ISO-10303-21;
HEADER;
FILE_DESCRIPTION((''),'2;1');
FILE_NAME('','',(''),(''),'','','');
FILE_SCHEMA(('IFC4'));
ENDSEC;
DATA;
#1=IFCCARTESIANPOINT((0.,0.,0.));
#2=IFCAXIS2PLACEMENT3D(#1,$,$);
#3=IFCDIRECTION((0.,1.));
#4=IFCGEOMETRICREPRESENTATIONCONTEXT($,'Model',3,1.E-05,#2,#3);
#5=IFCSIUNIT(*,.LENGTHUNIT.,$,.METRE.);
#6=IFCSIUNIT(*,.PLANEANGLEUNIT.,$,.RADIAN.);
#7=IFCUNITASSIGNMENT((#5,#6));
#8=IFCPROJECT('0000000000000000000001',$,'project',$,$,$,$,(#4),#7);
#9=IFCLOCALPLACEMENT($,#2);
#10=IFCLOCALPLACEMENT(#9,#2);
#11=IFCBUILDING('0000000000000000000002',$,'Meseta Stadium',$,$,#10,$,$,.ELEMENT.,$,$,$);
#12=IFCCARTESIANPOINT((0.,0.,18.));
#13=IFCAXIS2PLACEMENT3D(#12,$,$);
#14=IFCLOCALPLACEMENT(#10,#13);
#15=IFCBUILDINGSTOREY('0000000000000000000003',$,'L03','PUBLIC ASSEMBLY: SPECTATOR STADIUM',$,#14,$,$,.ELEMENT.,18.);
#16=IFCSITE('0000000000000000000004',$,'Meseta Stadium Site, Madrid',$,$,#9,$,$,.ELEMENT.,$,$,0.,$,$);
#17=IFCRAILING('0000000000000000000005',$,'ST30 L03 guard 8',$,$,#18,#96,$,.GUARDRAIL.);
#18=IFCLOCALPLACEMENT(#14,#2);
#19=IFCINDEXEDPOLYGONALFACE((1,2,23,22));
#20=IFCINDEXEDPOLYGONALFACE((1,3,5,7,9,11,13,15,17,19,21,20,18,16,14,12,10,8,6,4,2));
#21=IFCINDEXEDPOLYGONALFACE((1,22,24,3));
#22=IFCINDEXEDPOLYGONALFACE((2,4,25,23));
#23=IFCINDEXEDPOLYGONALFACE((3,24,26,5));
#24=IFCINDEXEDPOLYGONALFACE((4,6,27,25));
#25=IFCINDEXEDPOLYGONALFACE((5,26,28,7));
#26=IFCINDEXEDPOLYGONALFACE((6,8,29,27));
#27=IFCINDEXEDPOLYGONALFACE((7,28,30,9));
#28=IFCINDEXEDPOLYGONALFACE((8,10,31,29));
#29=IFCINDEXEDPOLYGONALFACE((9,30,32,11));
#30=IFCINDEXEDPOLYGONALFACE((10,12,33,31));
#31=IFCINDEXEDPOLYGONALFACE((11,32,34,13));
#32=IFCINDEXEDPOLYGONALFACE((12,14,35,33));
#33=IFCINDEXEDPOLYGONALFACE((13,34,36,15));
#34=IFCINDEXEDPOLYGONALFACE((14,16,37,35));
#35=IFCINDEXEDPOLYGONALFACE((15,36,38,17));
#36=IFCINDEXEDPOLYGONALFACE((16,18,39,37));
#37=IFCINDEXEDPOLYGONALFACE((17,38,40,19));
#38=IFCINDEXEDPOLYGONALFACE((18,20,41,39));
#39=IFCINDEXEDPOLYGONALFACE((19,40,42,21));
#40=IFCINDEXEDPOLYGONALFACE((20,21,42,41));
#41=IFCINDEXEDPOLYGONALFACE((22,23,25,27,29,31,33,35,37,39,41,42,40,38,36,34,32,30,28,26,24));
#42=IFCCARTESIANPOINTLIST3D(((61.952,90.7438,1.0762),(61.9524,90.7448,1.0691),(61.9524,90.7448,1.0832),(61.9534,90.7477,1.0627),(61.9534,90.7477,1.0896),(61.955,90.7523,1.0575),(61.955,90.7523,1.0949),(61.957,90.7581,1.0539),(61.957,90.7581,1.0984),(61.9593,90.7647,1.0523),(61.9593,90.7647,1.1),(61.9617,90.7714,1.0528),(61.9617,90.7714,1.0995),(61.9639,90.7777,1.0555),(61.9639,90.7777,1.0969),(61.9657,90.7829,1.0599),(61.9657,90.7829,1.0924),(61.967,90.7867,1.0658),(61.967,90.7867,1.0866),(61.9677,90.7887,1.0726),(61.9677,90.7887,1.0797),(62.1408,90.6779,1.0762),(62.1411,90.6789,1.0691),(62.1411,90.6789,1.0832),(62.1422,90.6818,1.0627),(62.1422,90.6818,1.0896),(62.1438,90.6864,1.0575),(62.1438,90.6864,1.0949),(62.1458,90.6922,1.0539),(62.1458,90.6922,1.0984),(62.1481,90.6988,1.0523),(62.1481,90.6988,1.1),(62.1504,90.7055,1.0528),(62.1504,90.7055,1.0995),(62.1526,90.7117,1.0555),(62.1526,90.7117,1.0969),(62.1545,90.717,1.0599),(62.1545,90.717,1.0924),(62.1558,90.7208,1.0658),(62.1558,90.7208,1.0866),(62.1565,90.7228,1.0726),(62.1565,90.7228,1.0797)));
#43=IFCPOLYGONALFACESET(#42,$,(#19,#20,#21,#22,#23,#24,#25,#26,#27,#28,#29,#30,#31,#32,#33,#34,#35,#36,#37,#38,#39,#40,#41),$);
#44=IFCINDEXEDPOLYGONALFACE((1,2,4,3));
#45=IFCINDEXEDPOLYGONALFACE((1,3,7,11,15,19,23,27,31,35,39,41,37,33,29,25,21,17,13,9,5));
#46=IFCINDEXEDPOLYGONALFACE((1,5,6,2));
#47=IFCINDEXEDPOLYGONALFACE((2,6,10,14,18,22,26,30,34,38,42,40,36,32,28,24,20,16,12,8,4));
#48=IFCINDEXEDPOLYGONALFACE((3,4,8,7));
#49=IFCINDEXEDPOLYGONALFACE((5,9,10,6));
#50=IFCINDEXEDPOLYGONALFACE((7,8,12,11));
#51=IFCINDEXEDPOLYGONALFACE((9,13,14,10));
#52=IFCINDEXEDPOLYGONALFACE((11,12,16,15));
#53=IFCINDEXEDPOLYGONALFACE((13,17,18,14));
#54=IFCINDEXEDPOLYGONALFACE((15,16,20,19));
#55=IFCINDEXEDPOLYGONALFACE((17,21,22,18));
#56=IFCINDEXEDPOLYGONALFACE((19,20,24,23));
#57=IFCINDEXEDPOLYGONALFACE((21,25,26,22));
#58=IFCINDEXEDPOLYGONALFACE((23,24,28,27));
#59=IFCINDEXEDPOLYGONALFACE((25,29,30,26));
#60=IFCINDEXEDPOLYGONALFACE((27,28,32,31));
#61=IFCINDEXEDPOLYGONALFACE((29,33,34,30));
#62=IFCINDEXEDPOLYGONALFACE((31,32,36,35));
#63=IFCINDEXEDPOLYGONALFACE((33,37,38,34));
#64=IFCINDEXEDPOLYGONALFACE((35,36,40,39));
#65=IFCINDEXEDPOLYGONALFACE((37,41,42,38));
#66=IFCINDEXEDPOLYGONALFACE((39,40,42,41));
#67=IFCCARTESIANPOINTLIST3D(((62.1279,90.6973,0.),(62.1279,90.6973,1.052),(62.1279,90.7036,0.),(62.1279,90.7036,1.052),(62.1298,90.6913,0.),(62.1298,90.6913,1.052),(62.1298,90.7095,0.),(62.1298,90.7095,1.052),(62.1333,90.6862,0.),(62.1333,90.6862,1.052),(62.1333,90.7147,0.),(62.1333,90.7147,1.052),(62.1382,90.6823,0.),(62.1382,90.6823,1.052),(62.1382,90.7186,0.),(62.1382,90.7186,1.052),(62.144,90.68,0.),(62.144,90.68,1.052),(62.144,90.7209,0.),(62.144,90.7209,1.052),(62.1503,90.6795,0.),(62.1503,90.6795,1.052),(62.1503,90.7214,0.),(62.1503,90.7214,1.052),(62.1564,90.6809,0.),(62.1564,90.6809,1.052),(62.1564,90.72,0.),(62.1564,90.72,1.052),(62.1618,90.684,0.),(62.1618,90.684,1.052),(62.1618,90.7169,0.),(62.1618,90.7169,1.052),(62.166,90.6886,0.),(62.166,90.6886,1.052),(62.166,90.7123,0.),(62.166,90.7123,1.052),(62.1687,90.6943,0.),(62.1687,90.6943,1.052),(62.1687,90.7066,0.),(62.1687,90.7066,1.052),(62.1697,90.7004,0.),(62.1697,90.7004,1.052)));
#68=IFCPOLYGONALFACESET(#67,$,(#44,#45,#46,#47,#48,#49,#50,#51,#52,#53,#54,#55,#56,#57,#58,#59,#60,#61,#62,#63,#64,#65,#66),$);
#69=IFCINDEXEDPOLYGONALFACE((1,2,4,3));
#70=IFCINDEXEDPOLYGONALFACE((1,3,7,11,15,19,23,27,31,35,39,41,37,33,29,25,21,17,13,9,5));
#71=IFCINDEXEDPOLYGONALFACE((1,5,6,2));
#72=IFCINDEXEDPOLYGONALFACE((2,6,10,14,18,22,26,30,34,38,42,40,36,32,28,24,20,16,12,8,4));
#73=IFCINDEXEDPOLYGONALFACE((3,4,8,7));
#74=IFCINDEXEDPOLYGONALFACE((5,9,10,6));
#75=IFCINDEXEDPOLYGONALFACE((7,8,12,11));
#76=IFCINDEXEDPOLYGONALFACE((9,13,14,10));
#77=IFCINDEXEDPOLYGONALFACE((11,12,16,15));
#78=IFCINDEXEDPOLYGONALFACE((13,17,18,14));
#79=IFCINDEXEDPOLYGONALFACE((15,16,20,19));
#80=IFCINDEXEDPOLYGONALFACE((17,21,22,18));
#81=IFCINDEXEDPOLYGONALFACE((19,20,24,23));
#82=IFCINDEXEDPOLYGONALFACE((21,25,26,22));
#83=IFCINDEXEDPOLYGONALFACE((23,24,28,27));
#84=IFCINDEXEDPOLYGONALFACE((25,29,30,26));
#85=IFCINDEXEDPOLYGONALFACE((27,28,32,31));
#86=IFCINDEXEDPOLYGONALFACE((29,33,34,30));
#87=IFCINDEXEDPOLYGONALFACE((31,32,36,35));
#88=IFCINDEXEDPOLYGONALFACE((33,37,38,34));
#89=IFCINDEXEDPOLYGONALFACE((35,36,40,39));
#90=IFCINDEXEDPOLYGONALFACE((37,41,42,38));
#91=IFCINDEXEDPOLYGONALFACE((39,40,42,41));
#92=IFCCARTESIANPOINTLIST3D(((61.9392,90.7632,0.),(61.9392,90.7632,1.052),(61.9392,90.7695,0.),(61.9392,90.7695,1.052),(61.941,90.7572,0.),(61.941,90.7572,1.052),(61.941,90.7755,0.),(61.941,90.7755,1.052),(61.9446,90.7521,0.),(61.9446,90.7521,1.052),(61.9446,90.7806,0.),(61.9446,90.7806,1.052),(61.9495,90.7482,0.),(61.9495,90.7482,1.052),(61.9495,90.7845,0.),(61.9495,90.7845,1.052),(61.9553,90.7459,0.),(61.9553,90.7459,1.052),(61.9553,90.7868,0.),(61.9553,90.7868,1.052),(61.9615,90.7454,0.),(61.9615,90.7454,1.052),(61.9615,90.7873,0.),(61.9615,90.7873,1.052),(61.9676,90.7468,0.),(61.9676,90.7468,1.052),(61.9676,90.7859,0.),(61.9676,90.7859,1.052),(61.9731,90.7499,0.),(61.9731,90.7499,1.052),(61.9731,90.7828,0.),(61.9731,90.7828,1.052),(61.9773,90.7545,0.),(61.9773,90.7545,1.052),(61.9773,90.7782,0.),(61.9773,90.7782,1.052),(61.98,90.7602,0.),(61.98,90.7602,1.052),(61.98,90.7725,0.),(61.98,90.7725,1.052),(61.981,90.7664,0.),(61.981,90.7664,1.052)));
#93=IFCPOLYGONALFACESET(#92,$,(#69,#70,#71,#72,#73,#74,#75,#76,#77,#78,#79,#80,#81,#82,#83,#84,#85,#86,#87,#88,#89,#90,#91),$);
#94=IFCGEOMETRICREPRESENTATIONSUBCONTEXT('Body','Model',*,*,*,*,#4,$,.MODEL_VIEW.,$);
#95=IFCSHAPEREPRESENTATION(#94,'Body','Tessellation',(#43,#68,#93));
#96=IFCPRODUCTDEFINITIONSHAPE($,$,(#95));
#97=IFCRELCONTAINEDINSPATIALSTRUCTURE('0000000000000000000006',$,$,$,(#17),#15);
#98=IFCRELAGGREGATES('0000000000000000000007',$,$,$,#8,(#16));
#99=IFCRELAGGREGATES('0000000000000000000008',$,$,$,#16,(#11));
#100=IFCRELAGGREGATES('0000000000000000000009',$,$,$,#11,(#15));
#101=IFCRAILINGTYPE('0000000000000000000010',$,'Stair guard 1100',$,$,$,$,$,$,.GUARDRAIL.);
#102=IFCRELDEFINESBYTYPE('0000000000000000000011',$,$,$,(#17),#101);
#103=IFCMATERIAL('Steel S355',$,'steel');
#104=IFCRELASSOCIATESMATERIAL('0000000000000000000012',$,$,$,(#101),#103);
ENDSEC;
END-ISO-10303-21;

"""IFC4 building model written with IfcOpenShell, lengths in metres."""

from ifc_helpers import new_model, si_unit, direction, frame, origin, origin_2d, place, context, subcontext, project, spatial, circle, extrude, material, type_object, element, save


model = new_model("IFC4")

# Units and contexts
model_context = context("Model", 3, precision=1e-05, world=origin(), true_north=direction((0.0, 1.0)))
body_context = subcontext(model_context, "Body", "Model", "MODEL_VIEW")
ifc_project = project(units=[si_unit("LENGTHUNIT", "METRE"), si_unit("PLANEANGLEUNIT", "RADIAN")], contexts=[model_context])

# Site, building, storey
site_placement = place(None, origin())
site = spatial("IfcSite", under=ifc_project, at=site_placement, Name="Meseta Stadium Site, Madrid", CompositionType="ELEMENT", RefElevation=0.0)
building_placement = place(site_placement, origin())
building = spatial("IfcBuilding", under=site, at=building_placement, Name="Meseta Stadium", CompositionType="ELEMENT")
storey_placement = place(building_placement, frame((0.0, 0.0, 18.0)))
storey = spatial("IfcBuildingStorey", under=building, at=storey_placement, Name="L03", Description="PUBLIC ASSEMBLY: SPECTATOR STADIUM", CompositionType="ELEMENT", Elevation=18.0)

# Railing
ifc_material_1 = material(Name="Steel S355", Category="steel")
railing_type_1 = type_object("IfcRailingType", Name="Stair guard 1100", PredefinedType="GUARDRAIL", material=ifc_material_1)
railing_1_placement = place(storey_placement, frame((62.1487, 90.7004, 0.0)))
element("IfcRailing", 1, at=railing_1_placement, inside=storey, type_object=railing_type_1, Name="ST30 L03 guard 8", PredefinedType="GUARDRAIL", context=body_context, shape_type="SweptSolid", body=[
    extrude(circle(Radius=0.0239, at=origin_2d()), frame((0.0, 0.0, 1.0762), z_axis=(-0.944068, 0.329752, 0.0), x_axis=(-0.329752, -0.944068, 0.0)), (0.0, 0.0, 1.0), 0.2),
    extrude(circle(Radius=0.021, at=origin_2d()), origin(), (0.0, 0.0, 1.0), 1.052),
    extrude(circle(Radius=0.021, at=origin_2d()), frame((-0.1887, 0.0659, 0.0)), (0.0, 0.0, 1.0), 1.052),
])

save(model, "model.ifc")
